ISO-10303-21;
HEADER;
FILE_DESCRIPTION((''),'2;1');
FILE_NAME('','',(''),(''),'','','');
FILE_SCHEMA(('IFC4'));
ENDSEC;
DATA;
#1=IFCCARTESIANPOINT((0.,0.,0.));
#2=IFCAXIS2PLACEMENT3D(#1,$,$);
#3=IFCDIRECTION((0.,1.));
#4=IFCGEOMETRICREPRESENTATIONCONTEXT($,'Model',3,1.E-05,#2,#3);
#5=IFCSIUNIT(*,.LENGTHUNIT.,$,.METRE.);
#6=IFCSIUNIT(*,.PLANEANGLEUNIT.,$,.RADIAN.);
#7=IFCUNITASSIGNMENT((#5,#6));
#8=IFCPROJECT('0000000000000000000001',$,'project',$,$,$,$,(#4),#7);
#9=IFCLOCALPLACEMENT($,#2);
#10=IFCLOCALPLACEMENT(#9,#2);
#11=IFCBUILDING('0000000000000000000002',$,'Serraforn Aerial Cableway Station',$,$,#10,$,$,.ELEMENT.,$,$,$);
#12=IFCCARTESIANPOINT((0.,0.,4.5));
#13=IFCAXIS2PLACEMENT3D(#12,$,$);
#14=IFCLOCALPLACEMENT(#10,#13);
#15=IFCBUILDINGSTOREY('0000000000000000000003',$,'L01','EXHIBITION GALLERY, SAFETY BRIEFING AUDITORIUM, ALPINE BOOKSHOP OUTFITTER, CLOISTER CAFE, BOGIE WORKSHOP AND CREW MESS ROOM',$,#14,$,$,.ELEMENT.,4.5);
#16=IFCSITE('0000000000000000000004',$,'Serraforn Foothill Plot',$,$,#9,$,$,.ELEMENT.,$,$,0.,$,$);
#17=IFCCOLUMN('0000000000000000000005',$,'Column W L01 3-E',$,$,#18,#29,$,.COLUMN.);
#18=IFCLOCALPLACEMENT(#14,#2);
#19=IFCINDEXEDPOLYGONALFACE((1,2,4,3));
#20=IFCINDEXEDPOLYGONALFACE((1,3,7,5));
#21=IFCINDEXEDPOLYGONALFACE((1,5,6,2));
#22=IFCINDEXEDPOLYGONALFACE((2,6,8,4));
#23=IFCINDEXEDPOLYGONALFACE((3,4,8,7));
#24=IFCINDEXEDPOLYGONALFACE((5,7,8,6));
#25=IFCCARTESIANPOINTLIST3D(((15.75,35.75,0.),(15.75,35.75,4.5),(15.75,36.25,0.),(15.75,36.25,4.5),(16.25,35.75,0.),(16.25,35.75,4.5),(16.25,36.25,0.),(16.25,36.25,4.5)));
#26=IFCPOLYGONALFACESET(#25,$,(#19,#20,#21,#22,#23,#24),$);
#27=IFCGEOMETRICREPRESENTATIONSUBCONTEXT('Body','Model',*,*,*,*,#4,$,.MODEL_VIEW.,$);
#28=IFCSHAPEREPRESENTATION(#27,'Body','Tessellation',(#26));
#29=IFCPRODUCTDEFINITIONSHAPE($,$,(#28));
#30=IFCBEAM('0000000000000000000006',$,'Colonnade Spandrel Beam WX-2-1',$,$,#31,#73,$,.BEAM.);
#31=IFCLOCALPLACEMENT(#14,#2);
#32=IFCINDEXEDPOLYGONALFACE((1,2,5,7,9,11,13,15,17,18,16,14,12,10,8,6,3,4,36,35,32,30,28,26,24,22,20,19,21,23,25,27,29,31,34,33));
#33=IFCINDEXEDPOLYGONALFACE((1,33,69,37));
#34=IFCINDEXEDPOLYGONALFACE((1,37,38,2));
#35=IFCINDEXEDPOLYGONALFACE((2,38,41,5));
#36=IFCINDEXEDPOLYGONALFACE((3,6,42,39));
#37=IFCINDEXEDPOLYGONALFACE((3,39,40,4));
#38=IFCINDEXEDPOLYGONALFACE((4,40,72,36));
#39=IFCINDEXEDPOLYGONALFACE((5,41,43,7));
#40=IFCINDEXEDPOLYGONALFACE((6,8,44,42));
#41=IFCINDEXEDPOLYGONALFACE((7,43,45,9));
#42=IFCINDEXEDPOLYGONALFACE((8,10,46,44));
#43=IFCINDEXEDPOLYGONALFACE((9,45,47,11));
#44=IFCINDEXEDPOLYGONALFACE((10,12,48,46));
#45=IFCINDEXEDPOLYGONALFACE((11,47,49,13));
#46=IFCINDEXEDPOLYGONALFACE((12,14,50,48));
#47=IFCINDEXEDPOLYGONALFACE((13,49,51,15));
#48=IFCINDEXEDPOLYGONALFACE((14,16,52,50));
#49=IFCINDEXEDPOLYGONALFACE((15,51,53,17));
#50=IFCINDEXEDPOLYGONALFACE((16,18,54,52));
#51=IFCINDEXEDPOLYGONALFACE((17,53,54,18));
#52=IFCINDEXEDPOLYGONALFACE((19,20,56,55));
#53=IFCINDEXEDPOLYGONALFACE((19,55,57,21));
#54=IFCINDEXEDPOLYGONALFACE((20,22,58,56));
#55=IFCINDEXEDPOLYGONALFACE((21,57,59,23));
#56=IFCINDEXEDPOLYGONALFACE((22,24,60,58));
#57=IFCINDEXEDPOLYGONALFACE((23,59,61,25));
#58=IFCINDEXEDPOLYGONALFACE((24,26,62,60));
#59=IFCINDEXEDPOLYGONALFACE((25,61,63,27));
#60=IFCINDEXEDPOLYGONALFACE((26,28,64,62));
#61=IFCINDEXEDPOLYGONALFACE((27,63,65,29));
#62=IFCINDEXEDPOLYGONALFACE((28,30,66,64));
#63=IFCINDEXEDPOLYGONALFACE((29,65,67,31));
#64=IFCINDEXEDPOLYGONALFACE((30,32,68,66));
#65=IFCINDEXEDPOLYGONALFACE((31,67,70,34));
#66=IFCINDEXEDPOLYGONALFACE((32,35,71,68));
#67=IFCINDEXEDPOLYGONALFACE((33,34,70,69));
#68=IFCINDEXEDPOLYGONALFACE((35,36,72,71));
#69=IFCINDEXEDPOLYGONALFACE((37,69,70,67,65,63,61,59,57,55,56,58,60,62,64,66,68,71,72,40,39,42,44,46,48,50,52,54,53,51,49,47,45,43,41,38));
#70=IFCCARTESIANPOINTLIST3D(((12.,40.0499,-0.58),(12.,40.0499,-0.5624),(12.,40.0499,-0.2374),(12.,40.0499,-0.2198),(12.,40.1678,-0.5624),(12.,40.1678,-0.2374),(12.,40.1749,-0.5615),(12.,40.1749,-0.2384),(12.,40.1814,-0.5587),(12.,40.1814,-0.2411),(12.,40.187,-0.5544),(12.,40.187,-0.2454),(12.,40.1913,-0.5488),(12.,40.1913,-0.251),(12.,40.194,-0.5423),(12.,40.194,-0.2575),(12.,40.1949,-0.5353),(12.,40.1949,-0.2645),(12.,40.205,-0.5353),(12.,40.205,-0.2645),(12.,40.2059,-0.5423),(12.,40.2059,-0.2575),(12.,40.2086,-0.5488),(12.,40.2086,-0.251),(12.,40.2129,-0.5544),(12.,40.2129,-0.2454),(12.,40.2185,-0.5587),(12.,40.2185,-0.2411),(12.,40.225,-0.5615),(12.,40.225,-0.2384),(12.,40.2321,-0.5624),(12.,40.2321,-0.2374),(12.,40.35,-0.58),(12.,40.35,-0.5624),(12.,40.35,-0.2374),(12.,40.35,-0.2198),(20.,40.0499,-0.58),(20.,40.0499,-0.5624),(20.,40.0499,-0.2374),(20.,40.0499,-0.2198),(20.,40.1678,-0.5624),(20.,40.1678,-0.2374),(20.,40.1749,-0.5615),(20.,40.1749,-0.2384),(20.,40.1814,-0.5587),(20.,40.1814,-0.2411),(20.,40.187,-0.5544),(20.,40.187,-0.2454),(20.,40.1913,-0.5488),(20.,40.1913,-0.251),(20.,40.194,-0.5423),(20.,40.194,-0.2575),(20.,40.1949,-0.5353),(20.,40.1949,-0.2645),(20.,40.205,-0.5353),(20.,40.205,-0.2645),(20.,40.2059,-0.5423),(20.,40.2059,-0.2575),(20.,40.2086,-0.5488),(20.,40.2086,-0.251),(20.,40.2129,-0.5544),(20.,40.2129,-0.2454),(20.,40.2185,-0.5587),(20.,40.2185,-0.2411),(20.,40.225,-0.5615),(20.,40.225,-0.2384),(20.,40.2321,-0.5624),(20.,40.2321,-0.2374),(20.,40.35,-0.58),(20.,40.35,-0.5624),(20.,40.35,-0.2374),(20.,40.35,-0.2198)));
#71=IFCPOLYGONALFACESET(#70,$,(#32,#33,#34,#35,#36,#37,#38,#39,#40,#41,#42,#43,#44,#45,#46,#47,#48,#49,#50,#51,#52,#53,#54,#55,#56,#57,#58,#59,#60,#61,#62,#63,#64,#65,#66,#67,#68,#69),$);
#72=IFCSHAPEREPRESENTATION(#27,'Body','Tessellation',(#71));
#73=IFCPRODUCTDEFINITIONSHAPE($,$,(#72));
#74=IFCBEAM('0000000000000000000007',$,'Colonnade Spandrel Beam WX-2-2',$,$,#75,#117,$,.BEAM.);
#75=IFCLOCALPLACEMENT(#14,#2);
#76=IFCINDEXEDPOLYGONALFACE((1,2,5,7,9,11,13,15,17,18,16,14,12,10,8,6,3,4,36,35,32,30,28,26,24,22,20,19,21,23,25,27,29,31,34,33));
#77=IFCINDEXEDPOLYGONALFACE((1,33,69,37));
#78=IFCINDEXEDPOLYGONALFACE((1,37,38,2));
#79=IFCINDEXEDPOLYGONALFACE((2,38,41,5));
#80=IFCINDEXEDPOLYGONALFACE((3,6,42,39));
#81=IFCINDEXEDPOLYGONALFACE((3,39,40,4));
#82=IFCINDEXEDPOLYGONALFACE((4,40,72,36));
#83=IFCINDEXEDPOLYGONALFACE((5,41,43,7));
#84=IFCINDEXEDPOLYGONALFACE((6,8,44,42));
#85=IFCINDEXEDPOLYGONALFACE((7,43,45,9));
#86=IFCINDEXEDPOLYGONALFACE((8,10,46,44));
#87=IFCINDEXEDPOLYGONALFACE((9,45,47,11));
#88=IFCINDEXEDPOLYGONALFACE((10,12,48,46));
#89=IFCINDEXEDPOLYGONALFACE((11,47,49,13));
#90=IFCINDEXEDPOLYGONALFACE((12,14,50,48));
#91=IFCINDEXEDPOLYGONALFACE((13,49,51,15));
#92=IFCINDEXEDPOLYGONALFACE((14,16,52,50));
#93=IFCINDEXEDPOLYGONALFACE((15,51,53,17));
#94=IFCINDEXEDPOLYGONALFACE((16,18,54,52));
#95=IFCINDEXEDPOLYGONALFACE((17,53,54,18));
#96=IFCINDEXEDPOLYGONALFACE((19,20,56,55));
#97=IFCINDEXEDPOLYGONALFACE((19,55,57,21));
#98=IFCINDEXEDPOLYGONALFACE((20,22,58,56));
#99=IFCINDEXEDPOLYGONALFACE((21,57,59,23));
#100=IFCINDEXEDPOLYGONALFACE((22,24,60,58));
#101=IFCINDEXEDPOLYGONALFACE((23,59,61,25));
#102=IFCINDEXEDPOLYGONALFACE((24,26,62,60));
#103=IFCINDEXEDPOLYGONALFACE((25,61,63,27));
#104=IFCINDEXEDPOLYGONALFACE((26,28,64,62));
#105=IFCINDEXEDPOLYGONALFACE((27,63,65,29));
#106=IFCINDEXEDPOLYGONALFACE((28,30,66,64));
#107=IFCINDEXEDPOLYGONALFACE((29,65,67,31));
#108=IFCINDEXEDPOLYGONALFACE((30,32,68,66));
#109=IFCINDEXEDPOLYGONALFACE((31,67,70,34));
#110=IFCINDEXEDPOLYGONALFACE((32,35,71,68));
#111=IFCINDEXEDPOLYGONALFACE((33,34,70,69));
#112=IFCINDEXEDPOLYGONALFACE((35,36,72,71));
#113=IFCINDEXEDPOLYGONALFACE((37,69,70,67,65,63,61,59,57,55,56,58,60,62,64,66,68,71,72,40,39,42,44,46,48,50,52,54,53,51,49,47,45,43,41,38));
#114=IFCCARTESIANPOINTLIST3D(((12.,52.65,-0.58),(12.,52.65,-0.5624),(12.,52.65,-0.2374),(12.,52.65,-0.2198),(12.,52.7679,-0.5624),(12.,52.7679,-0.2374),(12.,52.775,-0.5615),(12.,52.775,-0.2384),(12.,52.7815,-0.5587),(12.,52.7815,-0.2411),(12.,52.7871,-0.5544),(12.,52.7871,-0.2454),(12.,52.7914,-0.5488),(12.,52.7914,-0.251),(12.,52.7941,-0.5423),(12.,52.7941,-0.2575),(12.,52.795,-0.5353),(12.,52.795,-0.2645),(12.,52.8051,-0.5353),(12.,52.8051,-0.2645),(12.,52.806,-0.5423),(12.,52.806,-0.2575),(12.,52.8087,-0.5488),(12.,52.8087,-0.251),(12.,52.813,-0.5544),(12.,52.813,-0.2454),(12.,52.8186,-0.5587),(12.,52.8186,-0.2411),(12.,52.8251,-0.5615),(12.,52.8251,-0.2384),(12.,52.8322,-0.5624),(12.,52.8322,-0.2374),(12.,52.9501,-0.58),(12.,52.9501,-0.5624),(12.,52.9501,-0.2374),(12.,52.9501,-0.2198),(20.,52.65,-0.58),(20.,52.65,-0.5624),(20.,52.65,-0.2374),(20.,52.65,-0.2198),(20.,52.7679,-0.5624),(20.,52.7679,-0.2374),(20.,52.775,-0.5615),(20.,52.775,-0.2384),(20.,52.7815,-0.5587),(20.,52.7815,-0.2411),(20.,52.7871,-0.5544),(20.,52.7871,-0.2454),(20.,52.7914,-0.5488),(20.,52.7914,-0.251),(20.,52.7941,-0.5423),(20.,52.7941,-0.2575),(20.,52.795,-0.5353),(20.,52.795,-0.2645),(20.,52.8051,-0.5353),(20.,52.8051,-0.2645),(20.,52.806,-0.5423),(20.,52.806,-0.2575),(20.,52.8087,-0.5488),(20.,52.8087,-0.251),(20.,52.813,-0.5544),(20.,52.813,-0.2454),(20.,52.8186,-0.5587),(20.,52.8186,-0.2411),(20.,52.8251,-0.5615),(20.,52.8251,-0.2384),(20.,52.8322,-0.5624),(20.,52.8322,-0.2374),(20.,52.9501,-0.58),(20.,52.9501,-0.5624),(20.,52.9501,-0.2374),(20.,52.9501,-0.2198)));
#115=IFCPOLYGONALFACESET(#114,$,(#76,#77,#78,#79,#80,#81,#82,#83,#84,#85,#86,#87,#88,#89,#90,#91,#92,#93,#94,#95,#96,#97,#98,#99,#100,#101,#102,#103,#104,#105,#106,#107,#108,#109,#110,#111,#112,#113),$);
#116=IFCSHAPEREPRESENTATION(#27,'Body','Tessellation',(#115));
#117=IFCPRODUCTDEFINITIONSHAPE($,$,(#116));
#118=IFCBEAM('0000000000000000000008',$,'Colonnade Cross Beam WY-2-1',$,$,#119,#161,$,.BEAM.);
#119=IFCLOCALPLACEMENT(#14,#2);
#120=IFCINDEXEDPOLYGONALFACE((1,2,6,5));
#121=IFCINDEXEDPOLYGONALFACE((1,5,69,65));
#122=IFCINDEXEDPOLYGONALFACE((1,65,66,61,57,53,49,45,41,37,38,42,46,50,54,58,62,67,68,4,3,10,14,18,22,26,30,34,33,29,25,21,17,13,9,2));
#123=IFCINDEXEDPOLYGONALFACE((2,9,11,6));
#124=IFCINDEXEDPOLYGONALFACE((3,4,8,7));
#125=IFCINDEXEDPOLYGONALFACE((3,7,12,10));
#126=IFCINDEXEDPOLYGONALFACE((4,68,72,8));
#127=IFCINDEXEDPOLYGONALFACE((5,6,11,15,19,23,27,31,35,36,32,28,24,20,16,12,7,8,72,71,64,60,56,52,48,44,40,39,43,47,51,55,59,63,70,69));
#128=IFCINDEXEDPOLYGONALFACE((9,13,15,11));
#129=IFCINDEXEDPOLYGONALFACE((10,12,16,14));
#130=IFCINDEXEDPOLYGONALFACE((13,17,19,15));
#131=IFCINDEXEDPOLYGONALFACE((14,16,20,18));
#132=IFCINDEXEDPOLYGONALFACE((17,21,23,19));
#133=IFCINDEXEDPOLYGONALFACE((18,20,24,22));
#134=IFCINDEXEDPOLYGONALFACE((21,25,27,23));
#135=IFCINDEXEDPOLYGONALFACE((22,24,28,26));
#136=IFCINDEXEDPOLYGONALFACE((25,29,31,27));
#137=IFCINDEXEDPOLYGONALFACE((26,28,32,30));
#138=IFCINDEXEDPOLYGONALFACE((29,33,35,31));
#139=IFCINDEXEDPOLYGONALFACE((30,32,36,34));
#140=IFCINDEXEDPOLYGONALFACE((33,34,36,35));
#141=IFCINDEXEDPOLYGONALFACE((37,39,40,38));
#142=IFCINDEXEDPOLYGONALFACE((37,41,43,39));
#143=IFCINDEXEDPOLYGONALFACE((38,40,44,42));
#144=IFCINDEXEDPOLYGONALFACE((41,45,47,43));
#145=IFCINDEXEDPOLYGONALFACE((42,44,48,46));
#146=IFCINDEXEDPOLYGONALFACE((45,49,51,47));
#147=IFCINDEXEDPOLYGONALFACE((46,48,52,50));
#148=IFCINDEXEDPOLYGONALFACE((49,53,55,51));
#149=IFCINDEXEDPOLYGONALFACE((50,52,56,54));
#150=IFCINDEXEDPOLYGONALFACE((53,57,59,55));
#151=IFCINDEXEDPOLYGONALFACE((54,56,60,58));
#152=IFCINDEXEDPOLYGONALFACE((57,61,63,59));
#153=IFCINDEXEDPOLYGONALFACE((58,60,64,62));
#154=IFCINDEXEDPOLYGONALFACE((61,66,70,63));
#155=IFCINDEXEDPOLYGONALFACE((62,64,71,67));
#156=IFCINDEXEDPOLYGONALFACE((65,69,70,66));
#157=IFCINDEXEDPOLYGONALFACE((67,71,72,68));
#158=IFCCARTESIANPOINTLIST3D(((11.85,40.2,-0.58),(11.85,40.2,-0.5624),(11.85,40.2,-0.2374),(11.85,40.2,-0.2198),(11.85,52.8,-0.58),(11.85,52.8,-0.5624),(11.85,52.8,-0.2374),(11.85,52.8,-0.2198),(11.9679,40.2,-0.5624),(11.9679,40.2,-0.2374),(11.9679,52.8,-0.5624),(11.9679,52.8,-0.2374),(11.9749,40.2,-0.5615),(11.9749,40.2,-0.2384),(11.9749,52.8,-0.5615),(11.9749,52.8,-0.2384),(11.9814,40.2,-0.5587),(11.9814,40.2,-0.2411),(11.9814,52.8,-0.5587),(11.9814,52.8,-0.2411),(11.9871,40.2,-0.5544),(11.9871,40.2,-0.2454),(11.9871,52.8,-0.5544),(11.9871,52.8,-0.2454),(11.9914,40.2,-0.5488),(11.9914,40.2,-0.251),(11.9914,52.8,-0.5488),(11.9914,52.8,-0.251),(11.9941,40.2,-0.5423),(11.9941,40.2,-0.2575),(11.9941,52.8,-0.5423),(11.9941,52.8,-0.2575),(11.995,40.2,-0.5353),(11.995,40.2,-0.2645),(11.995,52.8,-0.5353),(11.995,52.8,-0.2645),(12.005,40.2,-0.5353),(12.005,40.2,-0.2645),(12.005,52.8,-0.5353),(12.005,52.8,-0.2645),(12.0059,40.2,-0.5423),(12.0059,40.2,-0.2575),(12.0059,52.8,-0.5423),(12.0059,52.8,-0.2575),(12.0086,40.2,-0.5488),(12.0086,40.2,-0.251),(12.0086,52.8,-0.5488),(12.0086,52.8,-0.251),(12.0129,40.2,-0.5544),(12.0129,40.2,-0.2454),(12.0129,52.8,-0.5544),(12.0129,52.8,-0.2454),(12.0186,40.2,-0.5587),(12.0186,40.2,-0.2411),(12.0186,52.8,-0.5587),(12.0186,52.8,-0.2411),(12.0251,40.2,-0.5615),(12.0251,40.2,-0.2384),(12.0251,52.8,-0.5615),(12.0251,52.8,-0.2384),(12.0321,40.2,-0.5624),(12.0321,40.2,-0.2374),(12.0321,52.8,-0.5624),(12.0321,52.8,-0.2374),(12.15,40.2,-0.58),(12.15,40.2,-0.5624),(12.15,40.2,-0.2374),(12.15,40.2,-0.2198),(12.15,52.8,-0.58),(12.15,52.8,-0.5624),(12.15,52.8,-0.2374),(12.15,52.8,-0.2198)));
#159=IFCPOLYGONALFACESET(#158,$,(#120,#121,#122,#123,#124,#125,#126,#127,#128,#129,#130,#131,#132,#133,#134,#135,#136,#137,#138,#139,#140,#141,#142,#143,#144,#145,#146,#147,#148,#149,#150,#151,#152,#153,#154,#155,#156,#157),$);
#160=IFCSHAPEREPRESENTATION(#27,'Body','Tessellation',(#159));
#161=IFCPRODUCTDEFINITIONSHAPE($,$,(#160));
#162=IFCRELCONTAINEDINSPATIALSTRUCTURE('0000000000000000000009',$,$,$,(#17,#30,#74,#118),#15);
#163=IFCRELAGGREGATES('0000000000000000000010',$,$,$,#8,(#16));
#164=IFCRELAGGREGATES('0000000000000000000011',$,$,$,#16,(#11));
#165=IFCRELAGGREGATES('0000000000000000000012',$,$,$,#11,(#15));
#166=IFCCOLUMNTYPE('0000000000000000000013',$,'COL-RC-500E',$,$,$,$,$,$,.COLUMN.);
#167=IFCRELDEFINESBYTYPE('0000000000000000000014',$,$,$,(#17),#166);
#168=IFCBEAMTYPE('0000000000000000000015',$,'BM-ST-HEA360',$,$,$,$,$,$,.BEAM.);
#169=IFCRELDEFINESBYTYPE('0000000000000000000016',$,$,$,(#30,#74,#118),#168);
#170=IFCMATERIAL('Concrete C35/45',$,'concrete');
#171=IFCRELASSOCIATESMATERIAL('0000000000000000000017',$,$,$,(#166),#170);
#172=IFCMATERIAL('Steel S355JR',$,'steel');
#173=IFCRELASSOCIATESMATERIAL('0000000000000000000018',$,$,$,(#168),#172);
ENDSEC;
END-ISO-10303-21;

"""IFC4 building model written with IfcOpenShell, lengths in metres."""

from ifc_helpers import new_model, si_unit, direction, frame, origin, origin_2d, place, context, subcontext, project, spatial, rectangle, i_section, extrude, material, material_profile, profile_set, type_object, element, save


model = new_model("IFC4")

# Units and contexts
model_context = context("Model", 3, precision=1e-05, world=origin(), true_north=direction((0.0, 1.0)))
body_context = subcontext(model_context, "Body", "Model", "MODEL_VIEW")
ifc_project = project(units=[si_unit("LENGTHUNIT", "METRE"), si_unit("PLANEANGLEUNIT", "RADIAN")], contexts=[model_context])

# Site, building, storey
site_placement = place(None, origin())
site = spatial("IfcSite", under=ifc_project, at=site_placement, Name="Serraforn Foothill Plot", CompositionType="ELEMENT", RefElevation=0.0)
building_placement = place(site_placement, origin())
building = spatial("IfcBuilding", under=site, at=building_placement, Name="Serraforn Aerial Cableway Station", CompositionType="ELEMENT")
storey_placement = place(building_placement, frame((0.0, 0.0, 4.5)))
storey = spatial("IfcBuildingStorey", under=building, at=storey_placement, Name="L01", Description="EXHIBITION GALLERY, SAFETY BRIEFING AUDITORIUM, ALPINE BOOKSHOP OUTFITTER, CLOISTER CAFE, BOGIE WORKSHOP AND CREW MESS ROOM", CompositionType="ELEMENT", Elevation=4.5)

# Column
ifc_material_1 = material(Name="Concrete C35/45", Category="concrete")
ifc_material_profile_1 = material_profile(ifc_material_1, rectangle(XDim=0.5, YDim=0.5, at=origin_2d()), Name="RC 500x500")
ifc_profile_set_1 = profile_set([ifc_material_profile_1], Name="Concrete C35/45")
column_type = type_object("IfcColumnType", Name="COL-RC-500E", PredefinedType="COLUMN", material=ifc_profile_set_1)
column_placement = place(storey_placement, frame((16.0, 36.0, 0.0), z_axis=(0.0, 0.0, 1.0), x_axis=(1.0, 0.0, 0.0)))
element("IfcColumn", 1, at=column_placement, inside=storey, type_object=column_type, Name="Column W L01 3-E", PredefinedType="COLUMN", context=body_context, shape_type="SweptSolid", body=[
    extrude(rectangle(XDim=0.5, YDim=0.5, at=origin_2d()), origin(), (0.0, 0.0, 1.0), 4.5),
])

# Beams
ifc_material_2 = material(Name="Steel S355JR", Category="steel")
ifc_material_profile_2 = material_profile(ifc_material_2, i_section(OverallWidth=0.3, OverallDepth=0.3601, WebThickness=0.01, FlangeThickness=0.0176, FilletRadius=0.0271, at=origin_2d()), Name="HEA 360")
ifc_profile_set_2 = profile_set([ifc_material_profile_2], Name="Steel S355JR")
beam_type_1 = type_object("IfcBeamType", Name="BM-ST-HEA360", PredefinedType="BEAM", material=ifc_profile_set_2)
for number, where, z_axis, x_axis, name in (
    (2, (12.0, 40.2, -0.3999), (1.0, 0.0, 0.0), (0.0, 1.0, 0.0), "Colonnade Spandrel Beam WX-2-1"),
    (3, (12.0, 52.8, -0.3999), (1.0, 0.0, 0.0), (0.0, 1.0, 0.0), "Colonnade Spandrel Beam WX-2-2"),
):
    element("IfcBeam", number, at=place(storey_placement, frame(where, z_axis=z_axis, x_axis=x_axis)), inside=storey, type_object=beam_type_1, Name=name, PredefinedType="BEAM", context=body_context, shape_type="SweptSolid", body=[
        extrude(i_section(OverallWidth=0.3, OverallDepth=0.3601, WebThickness=0.01, FlangeThickness=0.0176, FilletRadius=0.0271, at=origin_2d()), origin(), (0.0, 0.0, 1.0), 8.0),
    ])
beam_1_placement = place(storey_placement, frame((12.0, 40.2, -0.3999), z_axis=(0.0, 1.0, 0.0), x_axis=(-1.0, 0.0, 0.0)))
element("IfcBeam", 4, at=beam_1_placement, inside=storey, type_object=beam_type_1, Name="Colonnade Cross Beam WY-2-1", PredefinedType="BEAM", context=body_context, shape_type="SweptSolid", body=[
    extrude(i_section(OverallWidth=0.3, OverallDepth=0.3601, WebThickness=0.01, FlangeThickness=0.0176, FilletRadius=0.0271, at=origin_2d()), origin(), (0.0, 0.0, 1.0), 12.6001),
])

save(model, "model.ifc")
